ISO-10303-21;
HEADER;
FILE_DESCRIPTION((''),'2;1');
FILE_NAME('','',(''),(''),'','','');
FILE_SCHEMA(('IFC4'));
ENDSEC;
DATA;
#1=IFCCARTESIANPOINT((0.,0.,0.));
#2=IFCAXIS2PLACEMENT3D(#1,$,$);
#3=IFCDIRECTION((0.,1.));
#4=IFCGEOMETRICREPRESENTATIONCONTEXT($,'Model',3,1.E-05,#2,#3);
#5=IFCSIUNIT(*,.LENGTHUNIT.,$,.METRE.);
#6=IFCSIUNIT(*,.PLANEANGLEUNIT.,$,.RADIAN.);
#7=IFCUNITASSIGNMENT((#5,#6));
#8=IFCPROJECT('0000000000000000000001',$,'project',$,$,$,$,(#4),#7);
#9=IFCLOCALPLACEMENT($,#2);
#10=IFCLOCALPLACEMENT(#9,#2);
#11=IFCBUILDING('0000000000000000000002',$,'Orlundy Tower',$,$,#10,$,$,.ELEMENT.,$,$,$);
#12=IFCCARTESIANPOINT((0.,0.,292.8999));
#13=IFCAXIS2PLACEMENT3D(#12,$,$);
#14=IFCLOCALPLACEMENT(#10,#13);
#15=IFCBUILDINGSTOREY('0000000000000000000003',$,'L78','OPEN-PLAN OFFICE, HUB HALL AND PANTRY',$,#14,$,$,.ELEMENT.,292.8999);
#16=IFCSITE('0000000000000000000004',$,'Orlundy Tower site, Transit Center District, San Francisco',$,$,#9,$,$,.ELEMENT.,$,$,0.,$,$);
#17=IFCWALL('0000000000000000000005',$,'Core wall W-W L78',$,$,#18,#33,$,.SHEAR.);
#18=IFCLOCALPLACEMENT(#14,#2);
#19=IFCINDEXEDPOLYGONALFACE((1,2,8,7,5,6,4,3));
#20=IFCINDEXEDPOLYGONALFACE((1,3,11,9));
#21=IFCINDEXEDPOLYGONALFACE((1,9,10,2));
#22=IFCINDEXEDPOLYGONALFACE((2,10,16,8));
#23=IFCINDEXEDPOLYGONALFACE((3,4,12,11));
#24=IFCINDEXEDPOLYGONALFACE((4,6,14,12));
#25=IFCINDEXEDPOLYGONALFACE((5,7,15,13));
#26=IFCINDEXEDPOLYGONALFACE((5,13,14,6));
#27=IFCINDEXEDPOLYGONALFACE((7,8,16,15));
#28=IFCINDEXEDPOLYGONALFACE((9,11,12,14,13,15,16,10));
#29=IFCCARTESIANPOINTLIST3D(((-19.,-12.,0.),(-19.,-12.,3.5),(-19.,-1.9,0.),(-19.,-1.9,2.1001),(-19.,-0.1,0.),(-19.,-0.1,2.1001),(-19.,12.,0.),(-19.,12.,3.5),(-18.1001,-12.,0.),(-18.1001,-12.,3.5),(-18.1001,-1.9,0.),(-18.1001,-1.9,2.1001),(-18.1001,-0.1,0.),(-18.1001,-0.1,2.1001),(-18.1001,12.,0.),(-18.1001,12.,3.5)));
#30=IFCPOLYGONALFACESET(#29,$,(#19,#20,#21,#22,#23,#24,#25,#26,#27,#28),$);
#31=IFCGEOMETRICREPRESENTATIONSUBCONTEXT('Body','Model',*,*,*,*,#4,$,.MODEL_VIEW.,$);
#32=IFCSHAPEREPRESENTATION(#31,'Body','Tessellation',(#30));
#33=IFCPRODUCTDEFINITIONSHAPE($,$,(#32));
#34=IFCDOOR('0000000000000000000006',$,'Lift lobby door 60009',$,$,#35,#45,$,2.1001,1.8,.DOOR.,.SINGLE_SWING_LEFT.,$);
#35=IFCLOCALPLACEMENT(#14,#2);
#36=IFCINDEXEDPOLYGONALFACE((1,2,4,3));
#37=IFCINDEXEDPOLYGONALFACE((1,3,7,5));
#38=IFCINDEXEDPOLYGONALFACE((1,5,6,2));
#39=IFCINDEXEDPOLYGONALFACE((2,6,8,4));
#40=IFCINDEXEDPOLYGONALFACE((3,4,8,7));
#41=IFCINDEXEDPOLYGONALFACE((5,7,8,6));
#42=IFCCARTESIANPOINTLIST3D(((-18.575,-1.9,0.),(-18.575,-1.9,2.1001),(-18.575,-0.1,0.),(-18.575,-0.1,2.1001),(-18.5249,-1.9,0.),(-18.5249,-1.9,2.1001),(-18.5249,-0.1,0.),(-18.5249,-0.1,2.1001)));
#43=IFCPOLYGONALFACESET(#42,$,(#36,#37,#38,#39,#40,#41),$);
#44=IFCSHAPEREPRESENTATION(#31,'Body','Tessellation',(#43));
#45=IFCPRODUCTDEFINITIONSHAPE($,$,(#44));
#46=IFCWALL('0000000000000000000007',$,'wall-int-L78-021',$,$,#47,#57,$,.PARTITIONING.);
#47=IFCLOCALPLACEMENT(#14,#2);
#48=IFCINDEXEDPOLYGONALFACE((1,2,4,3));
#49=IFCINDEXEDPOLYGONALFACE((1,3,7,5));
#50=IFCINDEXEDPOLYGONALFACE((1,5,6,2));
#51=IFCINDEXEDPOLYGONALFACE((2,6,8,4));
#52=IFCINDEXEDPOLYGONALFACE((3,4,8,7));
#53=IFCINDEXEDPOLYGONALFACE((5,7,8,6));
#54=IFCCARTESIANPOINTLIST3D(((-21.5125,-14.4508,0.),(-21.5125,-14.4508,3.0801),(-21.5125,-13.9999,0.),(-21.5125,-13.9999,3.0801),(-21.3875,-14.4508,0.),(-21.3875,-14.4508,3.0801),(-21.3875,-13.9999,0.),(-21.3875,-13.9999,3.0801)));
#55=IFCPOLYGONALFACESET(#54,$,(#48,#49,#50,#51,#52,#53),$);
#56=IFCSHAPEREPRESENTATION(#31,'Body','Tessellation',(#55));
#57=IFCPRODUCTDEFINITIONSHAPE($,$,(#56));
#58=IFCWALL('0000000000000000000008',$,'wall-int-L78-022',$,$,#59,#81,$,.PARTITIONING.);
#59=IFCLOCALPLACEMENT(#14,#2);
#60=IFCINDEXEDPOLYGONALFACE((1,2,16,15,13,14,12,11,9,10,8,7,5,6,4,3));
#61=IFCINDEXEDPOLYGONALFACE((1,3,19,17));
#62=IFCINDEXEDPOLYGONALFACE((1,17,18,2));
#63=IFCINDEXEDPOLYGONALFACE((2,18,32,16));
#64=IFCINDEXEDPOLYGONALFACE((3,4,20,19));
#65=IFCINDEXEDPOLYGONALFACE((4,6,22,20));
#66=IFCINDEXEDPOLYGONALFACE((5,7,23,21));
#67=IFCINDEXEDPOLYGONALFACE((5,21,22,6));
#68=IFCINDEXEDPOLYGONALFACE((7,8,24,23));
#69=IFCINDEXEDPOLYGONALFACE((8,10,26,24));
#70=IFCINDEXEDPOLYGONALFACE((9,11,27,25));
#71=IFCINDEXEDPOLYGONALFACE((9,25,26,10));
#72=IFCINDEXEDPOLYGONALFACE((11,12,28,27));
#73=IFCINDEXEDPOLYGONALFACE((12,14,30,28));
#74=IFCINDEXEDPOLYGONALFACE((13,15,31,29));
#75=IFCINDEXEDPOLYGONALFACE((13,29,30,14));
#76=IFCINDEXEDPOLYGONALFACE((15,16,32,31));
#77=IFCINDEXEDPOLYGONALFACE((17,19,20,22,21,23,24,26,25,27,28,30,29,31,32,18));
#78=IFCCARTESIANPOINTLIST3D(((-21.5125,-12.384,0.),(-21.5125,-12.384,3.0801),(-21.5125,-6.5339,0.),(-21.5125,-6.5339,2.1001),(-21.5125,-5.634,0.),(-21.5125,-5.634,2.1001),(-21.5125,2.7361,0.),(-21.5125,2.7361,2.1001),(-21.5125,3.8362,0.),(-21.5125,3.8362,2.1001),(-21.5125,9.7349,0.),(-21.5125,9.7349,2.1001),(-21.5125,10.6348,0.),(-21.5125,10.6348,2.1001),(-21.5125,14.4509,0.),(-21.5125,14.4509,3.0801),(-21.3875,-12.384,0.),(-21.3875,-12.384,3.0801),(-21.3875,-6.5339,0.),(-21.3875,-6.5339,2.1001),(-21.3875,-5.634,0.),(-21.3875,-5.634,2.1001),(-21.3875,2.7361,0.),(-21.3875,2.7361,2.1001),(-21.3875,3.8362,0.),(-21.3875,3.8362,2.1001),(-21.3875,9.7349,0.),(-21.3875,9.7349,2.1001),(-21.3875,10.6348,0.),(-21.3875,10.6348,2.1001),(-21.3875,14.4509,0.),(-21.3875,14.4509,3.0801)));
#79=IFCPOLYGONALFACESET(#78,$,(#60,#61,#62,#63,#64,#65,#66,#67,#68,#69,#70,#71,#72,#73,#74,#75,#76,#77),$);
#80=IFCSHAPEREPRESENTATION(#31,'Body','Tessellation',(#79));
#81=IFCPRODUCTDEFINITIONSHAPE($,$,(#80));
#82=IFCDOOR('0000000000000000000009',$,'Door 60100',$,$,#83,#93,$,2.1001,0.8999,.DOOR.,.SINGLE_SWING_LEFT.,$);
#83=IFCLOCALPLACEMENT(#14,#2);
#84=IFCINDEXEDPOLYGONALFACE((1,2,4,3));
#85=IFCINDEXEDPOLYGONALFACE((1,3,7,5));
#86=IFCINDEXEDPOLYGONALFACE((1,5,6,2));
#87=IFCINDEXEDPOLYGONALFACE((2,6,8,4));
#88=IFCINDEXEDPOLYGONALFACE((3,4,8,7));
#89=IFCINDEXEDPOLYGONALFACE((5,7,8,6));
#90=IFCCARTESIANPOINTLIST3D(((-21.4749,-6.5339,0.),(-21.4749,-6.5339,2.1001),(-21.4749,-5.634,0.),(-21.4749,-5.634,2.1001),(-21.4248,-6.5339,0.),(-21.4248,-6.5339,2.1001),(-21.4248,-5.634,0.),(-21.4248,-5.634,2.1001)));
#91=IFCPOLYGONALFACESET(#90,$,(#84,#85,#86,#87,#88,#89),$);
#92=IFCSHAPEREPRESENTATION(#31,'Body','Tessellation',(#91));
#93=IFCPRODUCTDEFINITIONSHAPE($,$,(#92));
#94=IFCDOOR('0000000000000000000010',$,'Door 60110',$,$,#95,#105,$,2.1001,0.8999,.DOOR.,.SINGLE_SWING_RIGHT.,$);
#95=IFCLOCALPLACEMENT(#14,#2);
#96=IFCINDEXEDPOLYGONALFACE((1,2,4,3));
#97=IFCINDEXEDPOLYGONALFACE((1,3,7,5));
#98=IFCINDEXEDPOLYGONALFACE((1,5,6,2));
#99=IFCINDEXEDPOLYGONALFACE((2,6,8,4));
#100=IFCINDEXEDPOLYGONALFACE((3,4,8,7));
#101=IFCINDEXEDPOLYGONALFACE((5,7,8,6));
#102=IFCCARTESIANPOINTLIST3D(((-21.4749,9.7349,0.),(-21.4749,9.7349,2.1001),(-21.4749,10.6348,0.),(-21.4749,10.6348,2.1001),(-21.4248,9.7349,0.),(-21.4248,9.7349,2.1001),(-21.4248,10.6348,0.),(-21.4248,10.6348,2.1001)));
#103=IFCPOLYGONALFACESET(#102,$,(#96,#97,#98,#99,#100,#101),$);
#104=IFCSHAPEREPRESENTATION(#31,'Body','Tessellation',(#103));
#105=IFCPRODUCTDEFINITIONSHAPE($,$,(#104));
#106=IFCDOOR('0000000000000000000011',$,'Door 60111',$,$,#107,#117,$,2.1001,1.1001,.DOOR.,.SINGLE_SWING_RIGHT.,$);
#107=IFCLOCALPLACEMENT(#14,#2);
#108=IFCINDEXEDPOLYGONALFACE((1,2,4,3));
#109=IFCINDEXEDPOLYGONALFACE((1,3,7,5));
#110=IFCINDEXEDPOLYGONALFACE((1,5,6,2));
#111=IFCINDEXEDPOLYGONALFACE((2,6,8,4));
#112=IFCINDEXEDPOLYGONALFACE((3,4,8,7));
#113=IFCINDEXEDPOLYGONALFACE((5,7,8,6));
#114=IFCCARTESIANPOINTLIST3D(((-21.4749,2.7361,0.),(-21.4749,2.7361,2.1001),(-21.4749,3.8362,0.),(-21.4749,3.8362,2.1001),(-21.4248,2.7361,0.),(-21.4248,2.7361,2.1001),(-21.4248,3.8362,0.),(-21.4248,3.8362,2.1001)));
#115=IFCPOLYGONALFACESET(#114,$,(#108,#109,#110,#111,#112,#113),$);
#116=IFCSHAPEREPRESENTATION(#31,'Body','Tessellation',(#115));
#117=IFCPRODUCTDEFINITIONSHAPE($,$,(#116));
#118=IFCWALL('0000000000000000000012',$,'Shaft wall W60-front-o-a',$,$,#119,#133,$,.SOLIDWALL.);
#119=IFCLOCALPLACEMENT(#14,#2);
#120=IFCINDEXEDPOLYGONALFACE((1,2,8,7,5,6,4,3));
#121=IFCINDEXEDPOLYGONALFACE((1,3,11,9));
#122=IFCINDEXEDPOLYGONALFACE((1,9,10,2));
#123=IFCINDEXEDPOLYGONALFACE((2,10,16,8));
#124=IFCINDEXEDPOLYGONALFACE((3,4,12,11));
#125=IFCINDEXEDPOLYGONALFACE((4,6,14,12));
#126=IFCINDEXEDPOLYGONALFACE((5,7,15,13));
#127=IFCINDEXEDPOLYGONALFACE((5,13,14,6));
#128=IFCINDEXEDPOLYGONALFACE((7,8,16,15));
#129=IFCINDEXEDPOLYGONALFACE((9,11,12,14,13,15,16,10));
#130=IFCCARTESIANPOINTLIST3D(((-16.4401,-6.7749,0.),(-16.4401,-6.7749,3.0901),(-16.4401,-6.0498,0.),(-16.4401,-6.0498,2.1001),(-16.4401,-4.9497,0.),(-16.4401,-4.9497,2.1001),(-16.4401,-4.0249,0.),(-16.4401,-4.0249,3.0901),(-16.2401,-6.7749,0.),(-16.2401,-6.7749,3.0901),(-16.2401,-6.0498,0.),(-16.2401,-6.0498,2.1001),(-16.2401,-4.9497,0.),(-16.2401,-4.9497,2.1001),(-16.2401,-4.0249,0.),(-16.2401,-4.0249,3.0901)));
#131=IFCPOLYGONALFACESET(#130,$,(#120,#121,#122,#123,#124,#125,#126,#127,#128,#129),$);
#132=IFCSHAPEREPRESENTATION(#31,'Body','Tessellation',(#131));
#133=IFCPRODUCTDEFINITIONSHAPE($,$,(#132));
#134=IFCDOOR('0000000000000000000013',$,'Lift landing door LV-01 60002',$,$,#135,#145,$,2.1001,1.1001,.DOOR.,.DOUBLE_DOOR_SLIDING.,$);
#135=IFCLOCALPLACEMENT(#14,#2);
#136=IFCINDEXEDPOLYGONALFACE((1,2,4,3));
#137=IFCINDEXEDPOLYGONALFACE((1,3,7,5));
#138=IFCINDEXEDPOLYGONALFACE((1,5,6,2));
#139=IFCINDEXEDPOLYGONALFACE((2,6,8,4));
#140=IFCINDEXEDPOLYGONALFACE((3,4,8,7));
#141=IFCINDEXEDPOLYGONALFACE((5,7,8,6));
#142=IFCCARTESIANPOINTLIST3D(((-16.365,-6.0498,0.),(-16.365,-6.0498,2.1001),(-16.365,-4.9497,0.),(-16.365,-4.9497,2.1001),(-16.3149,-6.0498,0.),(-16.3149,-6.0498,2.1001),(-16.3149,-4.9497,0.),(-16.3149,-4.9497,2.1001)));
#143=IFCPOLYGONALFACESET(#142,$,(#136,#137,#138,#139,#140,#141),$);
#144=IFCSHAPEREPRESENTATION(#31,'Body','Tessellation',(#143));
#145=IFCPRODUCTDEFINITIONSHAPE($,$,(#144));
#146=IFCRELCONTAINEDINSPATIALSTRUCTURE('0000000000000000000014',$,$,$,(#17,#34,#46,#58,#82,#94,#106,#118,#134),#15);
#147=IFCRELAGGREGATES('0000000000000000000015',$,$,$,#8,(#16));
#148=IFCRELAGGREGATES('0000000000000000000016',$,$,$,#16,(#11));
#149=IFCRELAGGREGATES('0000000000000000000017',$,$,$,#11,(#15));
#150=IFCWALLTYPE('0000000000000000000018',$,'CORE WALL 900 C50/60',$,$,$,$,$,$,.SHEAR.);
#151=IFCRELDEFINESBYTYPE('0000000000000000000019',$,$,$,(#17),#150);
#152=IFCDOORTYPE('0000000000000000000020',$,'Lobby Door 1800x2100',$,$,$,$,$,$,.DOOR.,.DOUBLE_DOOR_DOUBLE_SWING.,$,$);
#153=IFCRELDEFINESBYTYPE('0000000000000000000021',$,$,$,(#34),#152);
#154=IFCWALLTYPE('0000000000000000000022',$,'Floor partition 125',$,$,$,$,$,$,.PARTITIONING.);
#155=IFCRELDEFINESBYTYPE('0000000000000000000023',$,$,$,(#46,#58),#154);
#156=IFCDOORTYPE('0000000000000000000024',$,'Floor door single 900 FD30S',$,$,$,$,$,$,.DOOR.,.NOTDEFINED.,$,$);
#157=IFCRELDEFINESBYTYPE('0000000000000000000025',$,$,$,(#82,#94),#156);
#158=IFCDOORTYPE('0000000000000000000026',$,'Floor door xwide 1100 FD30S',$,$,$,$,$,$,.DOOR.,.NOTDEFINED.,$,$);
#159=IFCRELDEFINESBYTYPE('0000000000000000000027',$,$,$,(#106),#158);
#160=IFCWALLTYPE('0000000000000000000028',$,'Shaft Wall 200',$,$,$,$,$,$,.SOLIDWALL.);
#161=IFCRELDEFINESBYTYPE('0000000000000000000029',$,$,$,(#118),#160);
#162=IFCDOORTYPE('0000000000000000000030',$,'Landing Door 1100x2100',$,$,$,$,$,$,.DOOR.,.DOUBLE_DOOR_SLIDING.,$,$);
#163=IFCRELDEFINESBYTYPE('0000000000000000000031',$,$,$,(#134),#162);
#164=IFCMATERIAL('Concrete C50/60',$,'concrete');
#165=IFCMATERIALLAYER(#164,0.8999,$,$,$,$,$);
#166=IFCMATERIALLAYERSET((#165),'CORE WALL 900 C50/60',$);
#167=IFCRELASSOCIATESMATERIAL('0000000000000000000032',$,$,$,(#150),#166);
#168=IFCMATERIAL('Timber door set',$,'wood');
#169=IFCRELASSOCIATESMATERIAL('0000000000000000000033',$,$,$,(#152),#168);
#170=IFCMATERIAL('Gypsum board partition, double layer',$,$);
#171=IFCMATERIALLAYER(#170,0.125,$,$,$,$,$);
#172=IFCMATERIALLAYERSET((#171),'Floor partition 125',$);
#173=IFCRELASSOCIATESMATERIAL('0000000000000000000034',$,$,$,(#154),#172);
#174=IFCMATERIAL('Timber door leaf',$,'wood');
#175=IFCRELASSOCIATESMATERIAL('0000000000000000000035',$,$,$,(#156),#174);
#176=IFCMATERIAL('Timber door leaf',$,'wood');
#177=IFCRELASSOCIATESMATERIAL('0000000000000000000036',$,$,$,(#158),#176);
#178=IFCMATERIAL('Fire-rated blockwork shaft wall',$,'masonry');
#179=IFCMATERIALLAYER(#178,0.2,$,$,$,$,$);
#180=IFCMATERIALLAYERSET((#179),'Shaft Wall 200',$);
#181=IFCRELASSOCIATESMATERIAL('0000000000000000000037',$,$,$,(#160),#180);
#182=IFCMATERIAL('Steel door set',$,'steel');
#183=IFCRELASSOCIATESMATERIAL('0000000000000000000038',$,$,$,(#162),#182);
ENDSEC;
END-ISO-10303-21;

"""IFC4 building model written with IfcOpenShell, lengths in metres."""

from ifc_helpers import new_model, si_unit, direction, frame, frame_2d, origin, place, context, subcontext, project, spatial, rectangle, extrude, material, layer, layer_set, type_object, element, fill, save


model = new_model("IFC4")

# Units and contexts
model_context = context("Model", 3, precision=1e-05, world=origin(), true_north=direction((0.0, 1.0)))
body_context = subcontext(model_context, "Body", "Model", "MODEL_VIEW")
ifc_project = project(units=[si_unit("LENGTHUNIT", "METRE"), si_unit("PLANEANGLEUNIT", "RADIAN")], contexts=[model_context])

# Site, building, storey
site_placement = place(None, origin())
site = spatial("IfcSite", under=ifc_project, at=site_placement, Name="Orlundy Tower site, Transit Center District, San Francisco", CompositionType="ELEMENT", RefElevation=0.0)
building_placement = place(site_placement, origin())
building = spatial("IfcBuilding", under=site, at=building_placement, Name="Orlundy Tower", CompositionType="ELEMENT")
storey_placement = place(building_placement, frame((0.0, 0.0, 292.8999)))
storey = spatial("IfcBuildingStorey", under=building, at=storey_placement, Name="L78", Description="OPEN-PLAN OFFICE, HUB HALL AND PANTRY", CompositionType="ELEMENT", Elevation=292.8999)

# Wall, opening, door
ifc_material_1 = material(Name="Concrete C50/60", Category="concrete")
ifc_layer_1 = layer(ifc_material_1, 0.8999)
ifc_layer_set_1 = layer_set([ifc_layer_1], Name="CORE WALL 900 C50/60")
wall_type_1 = type_object("IfcWallType", Name="CORE WALL 900 C50/60", PredefinedType="SHEAR", material=ifc_layer_set_1)
wall_1_placement = place(storey_placement, frame((-18.55, -12.0, 0.0), z_axis=(0.0, 0.0, 1.0), x_axis=(0.0, 1.0, 0.0)))
wall_1 = element("IfcWall", 1, at=wall_1_placement, inside=storey, type_object=wall_type_1, Name="Core wall W-W L78", PredefinedType="SHEAR", context=body_context, shape_type="SweptSolid", body=[
    extrude(rectangle(XDim=24.0, YDim=0.8999, at=frame_2d((12.0, 0.0))), origin(), (0.0, 0.0, 1.0), 3.5),
])
opening_1_placement = place(wall_1_placement, frame((10.1001, 0.0, 0.0)))
opening_1 = element("IfcOpeningElement", 2, at=opening_1_placement, cuts=wall_1, PredefinedType="OPENING", context=body_context, shape_type="SweptSolid", body=[
    extrude(rectangle(XDim=1.8, YDim=2.1001, at=frame_2d((0.8999, 1.05))), frame((0.0, 0.46, 0.0), z_axis=(0.0, -1.0, 0.0), x_axis=(1.0, 0.0, 0.0)), (0.0, 0.0, 1.0), 0.9199),
])
ifc_material_2 = material(Name="Timber door set", Category="wood")
door_type_1 = type_object("IfcDoorType", Name="Lobby Door 1800x2100", OperationType="DOUBLE_DOOR_DOUBLE_SWING", PredefinedType="DOOR", material=ifc_material_2)
door_1_placement = place(opening_1_placement, origin())
door_1 = element("IfcDoor", 3, at=door_1_placement, inside=storey, type_object=door_type_1, Name="Lift lobby door 60009", OperationType="SINGLE_SWING_LEFT", OverallHeight=2.1001, OverallWidth=1.8, PredefinedType="DOOR", context=body_context, shape_type="SweptSolid", body=[
    extrude(rectangle(XDim=1.8, YDim=2.1001, at=frame_2d((0.8999, 1.05))), frame((0.0, 0.0249, 0.0), z_axis=(0.0, -1.0, 0.0), x_axis=(1.0, 0.0, 0.0)), (0.0, 0.0, 1.0), 0.05),
])
fill(opening_1, door_1)

# Wall
ifc_material_3 = material(Name="Gypsum board partition, double layer")
ifc_layer_2 = layer(ifc_material_3, 0.125)
ifc_layer_set_2 = layer_set([ifc_layer_2], Name="Floor partition 125")
wall_type_2 = type_object("IfcWallType", Name="Floor partition 125", PredefinedType="PARTITIONING", material=ifc_layer_set_2)
wall_2_placement = place(storey_placement, frame((-21.45, -14.4509, 0.0), z_axis=(0.0, 0.0, 1.0), x_axis=(0.0, 1.0, 0.0)))
element("IfcWall", 4, at=wall_2_placement, inside=storey, type_object=wall_type_2, Name="wall-int-L78-021", PredefinedType="PARTITIONING", context=body_context, shape_type="SweptSolid", body=[
    extrude(rectangle(XDim=0.4509, YDim=0.125, at=frame_2d((0.2256, 0.0))), origin(), (0.0, 0.0, 1.0), 3.0801),
])

# Wall, openings, doors
wall_3_placement = place(storey_placement, frame((-21.45, -12.384, 0.0), z_axis=(0.0, 0.0, 1.0), x_axis=(0.0, 1.0, 0.0)))
wall_3 = element("IfcWall", 5, at=wall_3_placement, inside=storey, type_object=wall_type_2, Name="wall-int-L78-022", PredefinedType="PARTITIONING", context=body_context, shape_type="SweptSolid", body=[
    extrude(rectangle(XDim=26.835, YDim=0.125, at=frame_2d((13.4175, 0.0))), origin(), (0.0, 0.0, 1.0), 3.0801),
])
opening_2_placement = place(wall_3_placement, frame((5.8501, 0.0, 0.0)))
opening_2 = element("IfcOpeningElement", 6, at=opening_2_placement, cuts=wall_3, PredefinedType="OPENING", context=body_context, shape_type="SweptSolid", body=[
    extrude(rectangle(XDim=0.8999, YDim=2.1001, at=frame_2d((0.45, 1.05))), frame((0.0, 0.0725, 0.0), z_axis=(0.0, -1.0, 0.0), x_axis=(1.0, 0.0, 0.0)), (0.0, 0.0, 1.0), 0.145),
])
opening_3_placement = place(wall_3_placement, frame((22.1189, 0.0, 0.0)))
opening_3 = element("IfcOpeningElement", 7, at=opening_3_placement, cuts=wall_3, PredefinedType="OPENING", context=body_context, shape_type="SweptSolid", body=[
    extrude(rectangle(XDim=0.8999, YDim=2.1001, at=frame_2d((0.45, 1.05))), frame((0.0, 0.0725, 0.0), z_axis=(0.0, -1.0, 0.0), x_axis=(1.0, 0.0, 0.0)), (0.0, 0.0, 1.0), 0.145),
])
opening_4_placement = place(wall_3_placement, frame((15.1201, 0.0, 0.0)))
opening_4 = element("IfcOpeningElement", 8, at=opening_4_placement, cuts=wall_3, PredefinedType="OPENING", context=body_context, shape_type="SweptSolid", body=[
    extrude(rectangle(XDim=1.1001, YDim=2.1001, at=frame_2d((0.55, 1.05))), frame((0.0, 0.0725, 0.0), z_axis=(0.0, -1.0, 0.0), x_axis=(1.0, 0.0, 0.0)), (0.0, 0.0, 1.0), 0.145),
])
ifc_material_4 = material(Name="Timber door leaf", Category="wood")
door_type_2 = type_object("IfcDoorType", Name="Floor door single 900 FD30S", OperationType="NOTDEFINED", PredefinedType="DOOR", material=ifc_material_4)
door_2_placement = place(opening_2_placement, origin())
door_2 = element("IfcDoor", 9, at=door_2_placement, inside=storey, type_object=door_type_2, Name="Door 60100", OperationType="SINGLE_SWING_LEFT", OverallHeight=2.1001, OverallWidth=0.8999, PredefinedType="DOOR", context=body_context, shape_type="SweptSolid", body=[
    extrude(rectangle(XDim=0.8999, YDim=2.1001, at=frame_2d((0.45, 1.05))), frame((0.0, 0.0249, 0.0), z_axis=(0.0, -1.0, 0.0), x_axis=(1.0, 0.0, 0.0)), (0.0, 0.0, 1.0), 0.05),
])
fill(opening_2, door_2)
door_3_placement = place(opening_3_placement, origin())
door_3 = element("IfcDoor", 10, at=door_3_placement, inside=storey, type_object=door_type_2, Name="Door 60110", OperationType="SINGLE_SWING_RIGHT", OverallHeight=2.1001, OverallWidth=0.8999, PredefinedType="DOOR", context=body_context, shape_type="SweptSolid", body=[
    extrude(rectangle(XDim=0.8999, YDim=2.1001, at=frame_2d((0.45, 1.05))), frame((0.0, 0.0249, 0.0), z_axis=(0.0, -1.0, 0.0), x_axis=(1.0, 0.0, 0.0)), (0.0, 0.0, 1.0), 0.05),
])
fill(opening_3, door_3)
ifc_material_5 = material(Name="Timber door leaf", Category="wood")
door_type_3 = type_object("IfcDoorType", Name="Floor door xwide 1100 FD30S", OperationType="NOTDEFINED", PredefinedType="DOOR", material=ifc_material_5)
door_4_placement = place(opening_4_placement, origin())
door_4 = element("IfcDoor", 11, at=door_4_placement, inside=storey, type_object=door_type_3, Name="Door 60111", OperationType="SINGLE_SWING_RIGHT", OverallHeight=2.1001, OverallWidth=1.1001, PredefinedType="DOOR", context=body_context, shape_type="SweptSolid", body=[
    extrude(rectangle(XDim=1.1001, YDim=2.1001, at=frame_2d((0.55, 1.05))), frame((0.0, 0.0249, 0.0), z_axis=(0.0, -1.0, 0.0), x_axis=(1.0, 0.0, 0.0)), (0.0, 0.0, 1.0), 0.05),
])
fill(opening_4, door_4)

# Wall, opening, door
ifc_material_6 = material(Name="Fire-rated blockwork shaft wall", Category="masonry")
ifc_layer_3 = layer(ifc_material_6, 0.2)
ifc_layer_set_3 = layer_set([ifc_layer_3], Name="Shaft Wall 200")
wall_type_3 = type_object("IfcWallType", Name="Shaft Wall 200", PredefinedType="SOLIDWALL", material=ifc_layer_set_3)
wall_4_placement = place(storey_placement, frame((-16.3401, -6.7749, 0.0), z_axis=(0.0, 0.0, 1.0), x_axis=(0.0, 1.0, 0.0)))
wall_4 = element("IfcWall", 12, at=wall_4_placement, inside=storey, type_object=wall_type_3, Name="Shaft wall W60-front-o-a", PredefinedType="SOLIDWALL", context=body_context, shape_type="SweptSolid", body=[
    extrude(rectangle(XDim=2.75, YDim=0.2, at=frame_2d((1.375, 0.0))), origin(), (0.0, 0.0, 1.0), 3.0901),
])
opening_5_placement = place(wall_4_placement, frame((0.7251, 0.0, 0.0)))
opening_5 = element("IfcOpeningElement", 13, at=opening_5_placement, cuts=wall_4, PredefinedType="OPENING", context=body_context, shape_type="SweptSolid", body=[
    extrude(rectangle(XDim=1.1001, YDim=2.1001, at=frame_2d((0.55, 1.05))), frame((0.0, 0.1101, 0.0), z_axis=(0.0, -1.0, 0.0), x_axis=(1.0, 0.0, 0.0)), (0.0, 0.0, 1.0), 0.2202),
])
ifc_material_7 = material(Name="Steel door set", Category="steel")
door_type_4 = type_object("IfcDoorType", Name="Landing Door 1100x2100", OperationType="DOUBLE_DOOR_SLIDING", PredefinedType="DOOR", material=ifc_material_7)
door_5_placement = place(opening_5_placement, origin())
door_5 = element("IfcDoor", 14, at=door_5_placement, inside=storey, type_object=door_type_4, Name="Lift landing door LV-01 60002", OperationType="DOUBLE_DOOR_SLIDING", OverallHeight=2.1001, OverallWidth=1.1001, PredefinedType="DOOR", context=body_context, shape_type="SweptSolid", body=[
    extrude(rectangle(XDim=1.1001, YDim=2.1001, at=frame_2d((0.55, 1.05))), frame((0.0, 0.0249, 0.0), z_axis=(0.0, -1.0, 0.0), x_axis=(1.0, 0.0, 0.0)), (0.0, 0.0, 1.0), 0.05),
])
fill(opening_5, door_5)

save(model, "model.ifc")
